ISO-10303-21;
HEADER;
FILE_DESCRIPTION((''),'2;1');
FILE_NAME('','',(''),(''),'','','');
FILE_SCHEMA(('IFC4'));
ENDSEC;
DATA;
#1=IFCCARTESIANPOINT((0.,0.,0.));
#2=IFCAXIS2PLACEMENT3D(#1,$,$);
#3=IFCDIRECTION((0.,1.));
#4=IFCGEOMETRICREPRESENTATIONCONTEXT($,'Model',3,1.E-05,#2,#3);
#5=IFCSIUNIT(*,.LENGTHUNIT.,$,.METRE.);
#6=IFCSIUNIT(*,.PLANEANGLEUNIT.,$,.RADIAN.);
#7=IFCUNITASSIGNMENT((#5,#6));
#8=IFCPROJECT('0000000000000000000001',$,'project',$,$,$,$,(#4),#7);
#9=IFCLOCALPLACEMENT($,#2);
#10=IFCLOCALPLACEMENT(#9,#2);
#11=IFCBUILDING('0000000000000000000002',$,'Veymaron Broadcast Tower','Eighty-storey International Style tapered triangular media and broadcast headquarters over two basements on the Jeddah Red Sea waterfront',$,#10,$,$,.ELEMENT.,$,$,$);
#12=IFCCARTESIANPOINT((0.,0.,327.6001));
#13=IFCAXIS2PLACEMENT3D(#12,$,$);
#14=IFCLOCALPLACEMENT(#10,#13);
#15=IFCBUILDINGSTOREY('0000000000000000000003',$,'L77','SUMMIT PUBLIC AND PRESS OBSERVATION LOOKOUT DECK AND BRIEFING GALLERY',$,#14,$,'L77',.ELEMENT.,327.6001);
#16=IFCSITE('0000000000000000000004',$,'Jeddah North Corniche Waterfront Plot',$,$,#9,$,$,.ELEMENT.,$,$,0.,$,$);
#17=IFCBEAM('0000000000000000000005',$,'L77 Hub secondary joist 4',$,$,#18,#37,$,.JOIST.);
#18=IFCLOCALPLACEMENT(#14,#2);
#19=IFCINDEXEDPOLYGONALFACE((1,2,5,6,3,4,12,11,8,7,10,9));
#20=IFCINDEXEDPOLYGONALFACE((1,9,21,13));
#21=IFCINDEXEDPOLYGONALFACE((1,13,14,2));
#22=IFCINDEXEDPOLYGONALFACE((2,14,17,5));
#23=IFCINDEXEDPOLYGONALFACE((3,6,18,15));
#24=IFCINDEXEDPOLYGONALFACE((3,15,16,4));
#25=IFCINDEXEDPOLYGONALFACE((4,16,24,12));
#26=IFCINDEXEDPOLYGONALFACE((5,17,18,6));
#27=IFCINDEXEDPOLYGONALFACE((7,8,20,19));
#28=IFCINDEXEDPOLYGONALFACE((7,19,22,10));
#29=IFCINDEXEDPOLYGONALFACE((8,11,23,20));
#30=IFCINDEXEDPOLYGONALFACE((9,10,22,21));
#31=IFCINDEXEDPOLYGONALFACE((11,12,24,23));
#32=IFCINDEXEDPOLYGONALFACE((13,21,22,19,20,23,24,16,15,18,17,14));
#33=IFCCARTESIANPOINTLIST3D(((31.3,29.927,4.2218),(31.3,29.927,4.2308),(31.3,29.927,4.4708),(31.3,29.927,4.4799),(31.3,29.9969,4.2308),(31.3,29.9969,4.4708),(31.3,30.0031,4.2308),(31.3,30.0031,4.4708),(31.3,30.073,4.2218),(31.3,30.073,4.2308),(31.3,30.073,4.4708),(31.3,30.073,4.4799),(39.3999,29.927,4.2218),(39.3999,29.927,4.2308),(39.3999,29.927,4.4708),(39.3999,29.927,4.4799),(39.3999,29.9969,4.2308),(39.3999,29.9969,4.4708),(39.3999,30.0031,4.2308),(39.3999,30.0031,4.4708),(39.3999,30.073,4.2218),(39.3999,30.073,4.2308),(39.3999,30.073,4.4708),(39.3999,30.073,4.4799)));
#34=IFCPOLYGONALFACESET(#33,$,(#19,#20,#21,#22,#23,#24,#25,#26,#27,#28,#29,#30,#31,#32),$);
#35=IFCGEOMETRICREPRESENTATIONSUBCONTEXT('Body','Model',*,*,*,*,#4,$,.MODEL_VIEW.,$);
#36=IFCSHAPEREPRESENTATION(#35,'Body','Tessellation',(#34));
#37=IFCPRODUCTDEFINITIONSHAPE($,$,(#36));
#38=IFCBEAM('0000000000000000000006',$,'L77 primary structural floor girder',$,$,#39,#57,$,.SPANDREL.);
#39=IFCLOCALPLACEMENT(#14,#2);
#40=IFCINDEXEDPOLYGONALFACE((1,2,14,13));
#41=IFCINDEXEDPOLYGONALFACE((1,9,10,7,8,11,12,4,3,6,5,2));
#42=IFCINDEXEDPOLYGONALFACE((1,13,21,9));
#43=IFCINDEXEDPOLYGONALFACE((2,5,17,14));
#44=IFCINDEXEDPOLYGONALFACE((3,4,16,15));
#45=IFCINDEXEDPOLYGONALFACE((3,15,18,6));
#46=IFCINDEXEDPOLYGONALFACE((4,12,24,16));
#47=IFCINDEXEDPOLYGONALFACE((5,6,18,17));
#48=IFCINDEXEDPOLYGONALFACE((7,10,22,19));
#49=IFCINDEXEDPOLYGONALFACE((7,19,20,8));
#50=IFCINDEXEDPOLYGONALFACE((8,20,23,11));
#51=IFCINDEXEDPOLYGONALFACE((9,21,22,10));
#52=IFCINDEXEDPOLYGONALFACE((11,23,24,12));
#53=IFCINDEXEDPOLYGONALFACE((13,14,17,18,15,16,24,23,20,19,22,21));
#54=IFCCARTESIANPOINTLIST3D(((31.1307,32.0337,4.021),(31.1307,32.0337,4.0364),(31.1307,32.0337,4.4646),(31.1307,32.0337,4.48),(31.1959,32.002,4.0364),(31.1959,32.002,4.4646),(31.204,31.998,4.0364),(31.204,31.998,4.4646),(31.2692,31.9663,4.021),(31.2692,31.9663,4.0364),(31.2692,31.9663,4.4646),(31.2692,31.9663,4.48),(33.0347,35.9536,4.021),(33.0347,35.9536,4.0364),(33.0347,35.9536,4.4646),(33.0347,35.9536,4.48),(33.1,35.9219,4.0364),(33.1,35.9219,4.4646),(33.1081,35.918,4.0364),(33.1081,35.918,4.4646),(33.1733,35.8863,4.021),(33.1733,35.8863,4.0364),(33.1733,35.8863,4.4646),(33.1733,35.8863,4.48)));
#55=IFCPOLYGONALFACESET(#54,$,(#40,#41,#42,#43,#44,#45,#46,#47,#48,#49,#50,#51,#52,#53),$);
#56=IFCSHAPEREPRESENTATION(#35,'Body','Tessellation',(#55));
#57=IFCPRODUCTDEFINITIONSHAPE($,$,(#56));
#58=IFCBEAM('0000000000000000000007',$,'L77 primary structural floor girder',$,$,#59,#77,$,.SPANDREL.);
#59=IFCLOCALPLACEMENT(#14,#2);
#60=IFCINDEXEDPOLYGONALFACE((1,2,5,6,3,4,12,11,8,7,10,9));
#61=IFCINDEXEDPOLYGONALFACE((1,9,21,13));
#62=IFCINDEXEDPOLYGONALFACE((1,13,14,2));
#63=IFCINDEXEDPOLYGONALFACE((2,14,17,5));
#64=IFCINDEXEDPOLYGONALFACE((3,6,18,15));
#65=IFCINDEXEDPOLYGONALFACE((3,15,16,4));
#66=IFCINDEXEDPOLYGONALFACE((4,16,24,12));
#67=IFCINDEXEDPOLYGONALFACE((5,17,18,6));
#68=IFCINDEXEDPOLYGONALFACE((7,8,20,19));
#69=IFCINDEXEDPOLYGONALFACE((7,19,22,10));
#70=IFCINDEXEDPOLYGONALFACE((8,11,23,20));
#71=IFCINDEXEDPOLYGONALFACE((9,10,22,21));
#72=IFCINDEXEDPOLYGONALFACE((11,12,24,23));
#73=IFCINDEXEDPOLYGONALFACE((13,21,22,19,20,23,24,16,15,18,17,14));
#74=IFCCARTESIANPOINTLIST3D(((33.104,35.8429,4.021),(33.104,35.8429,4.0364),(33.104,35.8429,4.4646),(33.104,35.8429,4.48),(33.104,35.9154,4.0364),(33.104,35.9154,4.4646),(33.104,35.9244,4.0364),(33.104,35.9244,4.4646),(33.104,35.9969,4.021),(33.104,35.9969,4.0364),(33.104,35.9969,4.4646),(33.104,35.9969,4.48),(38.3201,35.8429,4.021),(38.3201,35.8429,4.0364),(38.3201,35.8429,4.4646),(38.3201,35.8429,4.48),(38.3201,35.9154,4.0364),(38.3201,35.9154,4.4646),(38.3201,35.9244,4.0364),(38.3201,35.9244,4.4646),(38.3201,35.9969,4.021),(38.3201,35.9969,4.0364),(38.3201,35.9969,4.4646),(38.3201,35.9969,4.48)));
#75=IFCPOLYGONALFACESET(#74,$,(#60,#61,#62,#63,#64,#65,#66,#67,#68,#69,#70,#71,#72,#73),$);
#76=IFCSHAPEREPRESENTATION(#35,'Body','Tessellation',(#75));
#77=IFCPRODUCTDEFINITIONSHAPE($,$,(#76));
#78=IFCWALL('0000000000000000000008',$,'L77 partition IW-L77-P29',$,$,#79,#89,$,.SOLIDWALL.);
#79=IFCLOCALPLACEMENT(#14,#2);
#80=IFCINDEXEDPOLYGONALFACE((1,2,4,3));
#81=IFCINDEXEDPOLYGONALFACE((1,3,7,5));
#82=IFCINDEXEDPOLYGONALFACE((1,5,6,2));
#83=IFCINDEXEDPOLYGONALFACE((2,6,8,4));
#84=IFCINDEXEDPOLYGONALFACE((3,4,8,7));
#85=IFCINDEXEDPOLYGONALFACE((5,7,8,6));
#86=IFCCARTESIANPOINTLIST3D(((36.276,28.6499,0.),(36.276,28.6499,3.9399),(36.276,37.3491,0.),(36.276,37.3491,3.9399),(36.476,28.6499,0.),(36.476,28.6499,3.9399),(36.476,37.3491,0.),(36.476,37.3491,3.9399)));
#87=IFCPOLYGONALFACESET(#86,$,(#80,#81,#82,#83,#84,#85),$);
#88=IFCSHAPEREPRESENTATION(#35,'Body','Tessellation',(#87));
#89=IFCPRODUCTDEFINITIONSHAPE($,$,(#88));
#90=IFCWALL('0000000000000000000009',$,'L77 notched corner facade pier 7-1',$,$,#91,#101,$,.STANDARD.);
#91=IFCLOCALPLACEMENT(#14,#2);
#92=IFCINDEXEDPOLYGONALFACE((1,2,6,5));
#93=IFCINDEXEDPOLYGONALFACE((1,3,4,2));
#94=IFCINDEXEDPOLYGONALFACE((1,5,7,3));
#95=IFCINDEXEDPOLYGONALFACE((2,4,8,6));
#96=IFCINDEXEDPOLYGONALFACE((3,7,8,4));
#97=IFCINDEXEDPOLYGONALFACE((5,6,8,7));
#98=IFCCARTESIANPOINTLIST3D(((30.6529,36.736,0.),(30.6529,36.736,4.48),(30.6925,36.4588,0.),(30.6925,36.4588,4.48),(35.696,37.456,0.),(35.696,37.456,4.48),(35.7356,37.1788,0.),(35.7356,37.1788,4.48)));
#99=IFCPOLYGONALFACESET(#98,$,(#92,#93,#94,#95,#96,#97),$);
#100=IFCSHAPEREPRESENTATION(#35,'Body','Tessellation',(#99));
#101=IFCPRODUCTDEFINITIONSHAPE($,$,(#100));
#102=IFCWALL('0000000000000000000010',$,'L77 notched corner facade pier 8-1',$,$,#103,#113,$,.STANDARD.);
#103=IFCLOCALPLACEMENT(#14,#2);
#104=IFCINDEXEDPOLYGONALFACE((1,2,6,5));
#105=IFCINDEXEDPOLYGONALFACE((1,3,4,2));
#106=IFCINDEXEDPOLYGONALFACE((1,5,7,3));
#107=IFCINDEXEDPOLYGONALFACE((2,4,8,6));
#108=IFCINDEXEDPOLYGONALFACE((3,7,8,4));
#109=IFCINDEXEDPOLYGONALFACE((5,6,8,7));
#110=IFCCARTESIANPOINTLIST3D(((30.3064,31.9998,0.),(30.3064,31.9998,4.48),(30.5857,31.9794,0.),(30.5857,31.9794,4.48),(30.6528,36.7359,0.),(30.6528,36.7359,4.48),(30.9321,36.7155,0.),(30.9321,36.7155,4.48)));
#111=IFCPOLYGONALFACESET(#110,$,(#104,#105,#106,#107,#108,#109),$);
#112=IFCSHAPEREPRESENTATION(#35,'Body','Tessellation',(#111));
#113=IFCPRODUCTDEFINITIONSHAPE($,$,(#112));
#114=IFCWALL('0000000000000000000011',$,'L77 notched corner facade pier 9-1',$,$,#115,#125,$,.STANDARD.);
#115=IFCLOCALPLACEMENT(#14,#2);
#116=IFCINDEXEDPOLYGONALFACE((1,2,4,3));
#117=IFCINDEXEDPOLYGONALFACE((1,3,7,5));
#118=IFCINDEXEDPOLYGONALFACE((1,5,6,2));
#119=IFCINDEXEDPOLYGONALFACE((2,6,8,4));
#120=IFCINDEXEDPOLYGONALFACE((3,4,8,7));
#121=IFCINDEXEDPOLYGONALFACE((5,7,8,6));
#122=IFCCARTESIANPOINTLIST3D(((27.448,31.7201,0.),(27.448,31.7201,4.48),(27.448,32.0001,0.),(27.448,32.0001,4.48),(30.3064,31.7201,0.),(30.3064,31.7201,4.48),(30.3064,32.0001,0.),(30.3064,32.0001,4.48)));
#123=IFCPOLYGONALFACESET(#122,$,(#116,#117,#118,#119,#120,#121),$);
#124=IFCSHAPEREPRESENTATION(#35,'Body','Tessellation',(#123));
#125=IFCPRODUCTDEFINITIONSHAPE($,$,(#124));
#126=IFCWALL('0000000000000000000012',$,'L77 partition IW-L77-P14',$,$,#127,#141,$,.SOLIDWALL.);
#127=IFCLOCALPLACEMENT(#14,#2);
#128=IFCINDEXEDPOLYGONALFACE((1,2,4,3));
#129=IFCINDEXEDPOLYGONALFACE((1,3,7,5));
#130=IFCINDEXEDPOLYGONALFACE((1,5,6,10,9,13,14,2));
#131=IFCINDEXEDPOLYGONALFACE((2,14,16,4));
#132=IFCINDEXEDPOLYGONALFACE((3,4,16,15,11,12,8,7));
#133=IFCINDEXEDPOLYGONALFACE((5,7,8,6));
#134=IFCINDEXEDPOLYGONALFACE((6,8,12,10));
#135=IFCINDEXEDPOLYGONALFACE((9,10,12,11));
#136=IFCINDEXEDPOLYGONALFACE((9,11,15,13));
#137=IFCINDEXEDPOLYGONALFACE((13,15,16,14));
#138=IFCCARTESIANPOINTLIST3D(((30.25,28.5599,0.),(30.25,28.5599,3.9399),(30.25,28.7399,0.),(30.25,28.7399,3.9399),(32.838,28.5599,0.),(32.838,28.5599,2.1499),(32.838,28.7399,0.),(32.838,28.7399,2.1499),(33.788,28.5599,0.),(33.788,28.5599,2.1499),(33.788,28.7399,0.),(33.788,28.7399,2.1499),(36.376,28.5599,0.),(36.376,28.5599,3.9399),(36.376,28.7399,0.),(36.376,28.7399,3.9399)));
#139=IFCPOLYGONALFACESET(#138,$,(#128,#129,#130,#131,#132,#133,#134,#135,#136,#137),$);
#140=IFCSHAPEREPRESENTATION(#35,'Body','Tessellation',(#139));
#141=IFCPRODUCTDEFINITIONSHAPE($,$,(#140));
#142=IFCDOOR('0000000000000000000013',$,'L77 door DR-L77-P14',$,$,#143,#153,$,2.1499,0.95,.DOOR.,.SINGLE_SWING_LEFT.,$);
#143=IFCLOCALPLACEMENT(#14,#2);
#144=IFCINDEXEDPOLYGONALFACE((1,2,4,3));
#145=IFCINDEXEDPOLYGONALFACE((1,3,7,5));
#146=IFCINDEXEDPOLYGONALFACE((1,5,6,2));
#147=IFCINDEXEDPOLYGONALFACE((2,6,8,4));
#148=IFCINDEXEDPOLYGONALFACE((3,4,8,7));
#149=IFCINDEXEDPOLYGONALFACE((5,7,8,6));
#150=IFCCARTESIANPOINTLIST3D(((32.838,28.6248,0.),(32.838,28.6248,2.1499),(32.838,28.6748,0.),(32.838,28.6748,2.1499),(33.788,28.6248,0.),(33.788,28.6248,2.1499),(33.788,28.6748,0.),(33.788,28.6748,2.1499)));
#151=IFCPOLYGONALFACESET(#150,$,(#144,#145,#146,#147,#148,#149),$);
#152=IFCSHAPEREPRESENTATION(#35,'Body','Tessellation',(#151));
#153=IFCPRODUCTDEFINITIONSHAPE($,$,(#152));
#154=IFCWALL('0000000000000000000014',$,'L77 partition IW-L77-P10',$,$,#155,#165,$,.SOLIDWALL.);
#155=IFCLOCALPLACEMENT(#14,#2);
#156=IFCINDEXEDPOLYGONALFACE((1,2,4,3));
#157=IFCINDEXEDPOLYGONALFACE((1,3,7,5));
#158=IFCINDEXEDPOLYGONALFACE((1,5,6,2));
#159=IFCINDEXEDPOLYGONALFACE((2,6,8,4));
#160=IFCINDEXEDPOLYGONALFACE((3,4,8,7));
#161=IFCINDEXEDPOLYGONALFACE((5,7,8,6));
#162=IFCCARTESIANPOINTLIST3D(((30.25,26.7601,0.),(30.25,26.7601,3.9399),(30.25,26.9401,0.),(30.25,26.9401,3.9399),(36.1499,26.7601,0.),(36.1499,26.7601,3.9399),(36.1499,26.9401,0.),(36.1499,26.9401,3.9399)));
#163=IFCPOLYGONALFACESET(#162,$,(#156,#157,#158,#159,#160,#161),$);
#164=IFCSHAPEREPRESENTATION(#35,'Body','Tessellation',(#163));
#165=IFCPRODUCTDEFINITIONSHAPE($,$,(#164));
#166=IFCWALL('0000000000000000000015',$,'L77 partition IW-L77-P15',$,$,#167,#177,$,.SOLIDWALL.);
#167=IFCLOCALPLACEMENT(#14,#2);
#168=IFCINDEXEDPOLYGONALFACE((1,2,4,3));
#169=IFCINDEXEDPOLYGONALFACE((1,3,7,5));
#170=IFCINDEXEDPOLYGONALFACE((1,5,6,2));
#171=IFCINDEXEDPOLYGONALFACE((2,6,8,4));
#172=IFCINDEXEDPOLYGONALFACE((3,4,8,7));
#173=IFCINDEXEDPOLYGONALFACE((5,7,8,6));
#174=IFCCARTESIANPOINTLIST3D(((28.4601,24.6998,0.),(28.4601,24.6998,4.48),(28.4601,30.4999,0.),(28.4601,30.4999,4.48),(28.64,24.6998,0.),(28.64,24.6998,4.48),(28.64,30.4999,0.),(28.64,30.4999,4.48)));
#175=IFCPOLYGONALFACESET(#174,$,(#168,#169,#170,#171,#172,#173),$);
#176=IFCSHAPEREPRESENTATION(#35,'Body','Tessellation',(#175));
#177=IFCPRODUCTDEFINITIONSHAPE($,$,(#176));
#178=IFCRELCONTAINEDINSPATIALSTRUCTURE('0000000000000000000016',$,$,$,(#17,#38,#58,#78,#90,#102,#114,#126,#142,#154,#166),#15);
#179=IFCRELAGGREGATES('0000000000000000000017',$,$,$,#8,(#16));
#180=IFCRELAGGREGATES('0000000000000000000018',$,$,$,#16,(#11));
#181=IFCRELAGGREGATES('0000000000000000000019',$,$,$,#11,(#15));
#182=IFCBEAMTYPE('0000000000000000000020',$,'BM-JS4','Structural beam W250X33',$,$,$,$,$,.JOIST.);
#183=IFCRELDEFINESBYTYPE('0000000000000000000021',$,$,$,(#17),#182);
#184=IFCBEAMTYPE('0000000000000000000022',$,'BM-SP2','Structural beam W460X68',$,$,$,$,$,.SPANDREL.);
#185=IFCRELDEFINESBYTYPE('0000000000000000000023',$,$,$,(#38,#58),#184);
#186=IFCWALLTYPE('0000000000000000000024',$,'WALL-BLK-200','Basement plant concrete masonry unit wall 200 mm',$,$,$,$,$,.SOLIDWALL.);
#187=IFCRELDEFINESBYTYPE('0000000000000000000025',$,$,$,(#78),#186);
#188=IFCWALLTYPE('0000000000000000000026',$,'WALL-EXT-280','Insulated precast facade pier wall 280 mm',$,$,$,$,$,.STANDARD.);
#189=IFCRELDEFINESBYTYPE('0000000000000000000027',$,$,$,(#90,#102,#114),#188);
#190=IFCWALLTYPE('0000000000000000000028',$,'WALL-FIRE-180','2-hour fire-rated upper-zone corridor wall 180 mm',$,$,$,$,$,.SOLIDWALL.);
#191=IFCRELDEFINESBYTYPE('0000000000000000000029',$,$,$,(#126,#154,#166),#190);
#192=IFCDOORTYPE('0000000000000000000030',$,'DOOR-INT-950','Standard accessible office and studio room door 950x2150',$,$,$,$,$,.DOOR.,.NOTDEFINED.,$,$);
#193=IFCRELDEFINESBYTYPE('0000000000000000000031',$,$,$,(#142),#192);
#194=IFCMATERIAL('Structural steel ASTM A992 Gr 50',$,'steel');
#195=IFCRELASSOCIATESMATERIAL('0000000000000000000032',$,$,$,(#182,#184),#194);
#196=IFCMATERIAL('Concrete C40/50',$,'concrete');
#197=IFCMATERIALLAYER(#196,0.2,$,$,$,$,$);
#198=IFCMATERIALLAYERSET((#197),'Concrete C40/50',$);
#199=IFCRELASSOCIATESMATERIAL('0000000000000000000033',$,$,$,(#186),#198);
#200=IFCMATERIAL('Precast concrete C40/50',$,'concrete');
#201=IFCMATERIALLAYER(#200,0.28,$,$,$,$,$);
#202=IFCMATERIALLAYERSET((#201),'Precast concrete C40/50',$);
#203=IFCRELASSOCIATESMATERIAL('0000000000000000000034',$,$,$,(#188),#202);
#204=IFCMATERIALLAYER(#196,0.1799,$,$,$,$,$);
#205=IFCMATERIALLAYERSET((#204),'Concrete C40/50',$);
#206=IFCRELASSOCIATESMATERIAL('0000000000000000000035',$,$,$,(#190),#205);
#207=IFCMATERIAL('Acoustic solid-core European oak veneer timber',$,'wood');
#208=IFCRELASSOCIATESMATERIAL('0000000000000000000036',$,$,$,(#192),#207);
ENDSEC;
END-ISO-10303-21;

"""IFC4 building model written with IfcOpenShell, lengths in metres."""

from ifc_helpers import new_model, si_unit, direction, frame, frame_2d, origin, origin_2d, place, context, subcontext, project, spatial, rectangle, i_section, extrude, material, layer, layer_set, material_profile, profile_set, type_object, element, fill, save


model = new_model("IFC4")

# Units and contexts
model_context = context("Model", 3, precision=1e-05, world=origin(), true_north=direction((0.0, 1.0)))
body_context = subcontext(model_context, "Body", "Model", "MODEL_VIEW")
ifc_project = project(units=[si_unit("LENGTHUNIT", "METRE"), si_unit("PLANEANGLEUNIT", "RADIAN")], contexts=[model_context])

# Site, building, storey
site_placement = place(None, origin())
site = spatial("IfcSite", under=ifc_project, at=site_placement, Name="Jeddah North Corniche Waterfront Plot", CompositionType="ELEMENT", RefElevation=0.0)
building_placement = place(site_placement, origin())
building = spatial("IfcBuilding", under=site, at=building_placement, Name="Veymaron Broadcast Tower", Description="Eighty-storey International Style tapered triangular media and broadcast headquarters over two basements on the Jeddah Red Sea waterfront", CompositionType="ELEMENT")
storey_placement = place(building_placement, frame((0.0, 0.0, 327.6001)))
storey = spatial("IfcBuildingStorey", under=building, at=storey_placement, Name="L77", Description="SUMMIT PUBLIC AND PRESS OBSERVATION LOOKOUT DECK AND BRIEFING GALLERY", LongName="L77", CompositionType="ELEMENT", Elevation=327.6001)

# Shared definitions
ifc_material_1 = material(Name="Structural steel ASTM A992 Gr 50", Category="steel")

# Beams
ifc_material_profile_1 = material_profile(ifc_material_1, i_section(OverallWidth=0.146, OverallDepth=0.2581, WebThickness=0.0061, FlangeThickness=0.009, at=origin_2d()), Name="W250X33")
ifc_profile_set_1 = profile_set([ifc_material_profile_1], Name="Structural steel ASTM A992 Gr 50")
beam_type_1 = type_object("IfcBeamType", Name="BM-JS4", Description="Structural beam W250X33", PredefinedType="JOIST", material=ifc_profile_set_1)
for number, where, z_axis, x_axis, name in (
    (1, (31.3, 30.0, 4.3508), (1.0, 0.0, 0.0), (0.0, 1.0, 0.0), "L77 Hub secondary joist 4"),
):
    element("IfcBeam", number, at=place(storey_placement, frame(where, z_axis=z_axis, x_axis=x_axis)), inside=storey, type_object=beam_type_1, Name=name, PredefinedType="JOIST", context=body_context, shape_type="SweptSolid", body=[
        extrude(i_section(OverallWidth=0.146, OverallDepth=0.2581, WebThickness=0.0061, FlangeThickness=0.009, at=origin_2d()), origin(), (0.0, 0.0, 1.0), 8.0999),
    ])
ifc_material_profile_2 = material_profile(ifc_material_1, i_section(OverallWidth=0.1541, OverallDepth=0.459, WebThickness=0.009, FlangeThickness=0.0154, at=origin_2d()), Name="W460X68")
ifc_profile_set_2 = profile_set([ifc_material_profile_2], Name="Structural steel ASTM A992 Gr 50")
beam_type_2 = type_object("IfcBeamType", Name="BM-SP2", Description="Structural beam W460X68", PredefinedType="SPANDREL", material=ifc_profile_set_2)
beam_1_placement = place(storey_placement, frame((31.2, 32.0, 4.2505), z_axis=(0.436921, 0.8995, 0.0), x_axis=(-0.8995, 0.436921, 0.0)))
element("IfcBeam", 2, at=beam_1_placement, inside=storey, type_object=beam_type_2, Name="L77 primary structural floor girder", PredefinedType="SPANDREL", context=body_context, shape_type="SweptSolid", body=[
    extrude(i_section(OverallWidth=0.1541, OverallDepth=0.459, WebThickness=0.009, FlangeThickness=0.0154, at=origin_2d()), origin(), (0.0, 0.0, 1.0), 4.3579),
])
beam_2_placement = place(storey_placement, frame((33.104, 35.9199, 4.2505), z_axis=(1.0, 0.0, 0.0), x_axis=(0.0, 1.0, 0.0)))
element("IfcBeam", 3, at=beam_2_placement, inside=storey, type_object=beam_type_2, Name="L77 primary structural floor girder", PredefinedType="SPANDREL", context=body_context, shape_type="SweptSolid", body=[
    extrude(i_section(OverallWidth=0.1541, OverallDepth=0.459, WebThickness=0.009, FlangeThickness=0.0154, at=origin_2d()), origin(), (0.0, 0.0, 1.0), 5.2161),
])

# Walls
ifc_material_2 = material(Name="Concrete C40/50", Category="concrete")
ifc_layer_1 = layer(ifc_material_2, 0.2)
ifc_layer_set_1 = layer_set([ifc_layer_1], Name="Concrete C40/50")
wall_type_1 = type_object("IfcWallType", Name="WALL-BLK-200", Description="Basement plant concrete masonry unit wall 200 mm", PredefinedType="SOLIDWALL", material=ifc_layer_set_1)
wall_1_placement = place(storey_placement, frame((36.376, 28.6499, 0.0), z_axis=(0.0, 0.0, 1.0), x_axis=(0.0, 1.0, 0.0)))
element("IfcWall", 4, at=wall_1_placement, inside=storey, type_object=wall_type_1, Name="L77 partition IW-L77-P29", PredefinedType="SOLIDWALL", context=body_context, shape_type="SweptSolid", body=[
    extrude(rectangle(XDim=8.6992, YDim=0.2, at=frame_2d((4.3496, 0.0))), origin(), (0.0, 0.0, 1.0), 3.9399),
])
ifc_material_3 = material(Name="Precast concrete C40/50", Category="concrete")
ifc_layer_2 = layer(ifc_material_3, 0.28)
ifc_layer_set_2 = layer_set([ifc_layer_2], Name="Precast concrete C40/50")
wall_type_2 = type_object("IfcWallType", Name="WALL-EXT-280", Description="Insulated precast facade pier wall 280 mm", PredefinedType="STANDARD", material=ifc_layer_set_2)
wall_2_placement = place(storey_placement, frame((35.7158, 37.3174, 0.0), z_axis=(0.0, 0.0, 1.0), x_axis=(-0.989963, -0.141327, 0.0)))
element("IfcWall", 5, at=wall_2_placement, inside=storey, type_object=wall_type_2, Name="L77 notched corner facade pier 7-1", PredefinedType="STANDARD", context=body_context, shape_type="SweptSolid", body=[
    extrude(rectangle(XDim=5.0942, YDim=0.28, at=frame_2d((2.5471, 0.0))), origin(), (0.0, 0.0, 1.0), 4.48),
])
wall_3_placement = place(storey_placement, frame((30.7925, 36.7258, 0.0), z_axis=(0.0, 0.0, 1.0), x_axis=(-0.072953, -0.997335, 0.0)))
element("IfcWall", 6, at=wall_3_placement, inside=storey, type_object=wall_type_2, Name="L77 notched corner facade pier 8-1", PredefinedType="STANDARD", context=body_context, shape_type="SweptSolid", body=[
    extrude(rectangle(XDim=4.7488, YDim=0.28, at=frame_2d((2.3745, 0.0))), origin(), (0.0, 0.0, 1.0), 4.48),
])
wall_4_placement = place(storey_placement, frame((30.3064, 31.8601, 0.0), z_axis=(0.0, 0.0, 1.0), x_axis=(-1.0, 0.0, 0.0)))
element("IfcWall", 7, at=wall_4_placement, inside=storey, type_object=wall_type_2, Name="L77 notched corner facade pier 9-1", PredefinedType="STANDARD", context=body_context, shape_type="SweptSolid", body=[
    extrude(rectangle(XDim=2.8584, YDim=0.28, at=frame_2d((1.4292, 0.0))), origin(), (0.0, 0.0, 1.0), 4.48),
])

# Wall, opening, door
ifc_layer_3 = layer(ifc_material_2, 0.1799)
ifc_layer_set_3 = layer_set([ifc_layer_3], Name="Concrete C40/50")
wall_type_3 = type_object("IfcWallType", Name="WALL-FIRE-180", Description="2-hour fire-rated upper-zone corridor wall 180 mm", PredefinedType="SOLIDWALL", material=ifc_layer_set_3)
wall_5_placement = place(storey_placement, frame((30.25, 28.6499, 0.0), z_axis=(0.0, 0.0, 1.0), x_axis=(1.0, 0.0, 0.0)))
wall_5 = element("IfcWall", 8, at=wall_5_placement, inside=storey, type_object=wall_type_3, Name="L77 partition IW-L77-P14", PredefinedType="SOLIDWALL", context=body_context, shape_type="SweptSolid", body=[
    extrude(rectangle(XDim=6.126, YDim=0.1799, at=frame_2d((3.063, 0.0))), origin(), (0.0, 0.0, 1.0), 3.9399),
])
opening_1_placement = place(wall_5_placement, frame((2.5879, 0.0, 0.0)))
opening_1 = element("IfcOpeningElement", 9, at=opening_1_placement, cuts=wall_5, PredefinedType="OPENING", context=body_context, shape_type="SweptSolid", body=[
    extrude(rectangle(XDim=0.95, YDim=2.1499, at=frame_2d((0.4751, 1.075))), frame((0.0, 0.1001, 0.0), z_axis=(0.0, -1.0, 0.0), x_axis=(1.0, 0.0, 0.0)), (0.0, 0.0, 1.0), 0.2),
])
ifc_material_4 = material(Name="Acoustic solid-core European oak veneer timber", Category="wood")
door_type_1 = type_object("IfcDoorType", Name="DOOR-INT-950", Description="Standard accessible office and studio room door 950x2150", OperationType="NOTDEFINED", PredefinedType="DOOR", material=ifc_material_4)
door_1_placement = place(opening_1_placement, origin())
door_1 = element("IfcDoor", 10, at=door_1_placement, inside=storey, type_object=door_type_1, Name="L77 door DR-L77-P14", OperationType="SINGLE_SWING_LEFT", OverallHeight=2.1499, OverallWidth=0.95, PredefinedType="DOOR", context=body_context, shape_type="SweptSolid", body=[
    extrude(rectangle(XDim=0.95, YDim=2.1499, at=frame_2d((0.4751, 1.075))), frame((0.0, 0.0249, 0.0), z_axis=(0.0, -1.0, 0.0), x_axis=(1.0, 0.0, 0.0)), (0.0, 0.0, 1.0), 0.05),
])
fill(opening_1, door_1)

# Walls
wall_6_placement = place(storey_placement, frame((30.25, 26.8501, 0.0), z_axis=(0.0, 0.0, 1.0), x_axis=(1.0, 0.0, 0.0)))
element("IfcWall", 11, at=wall_6_placement, inside=storey, type_object=wall_type_3, Name="L77 partition IW-L77-P10", PredefinedType="SOLIDWALL", context=body_context, shape_type="SweptSolid", body=[
    extrude(rectangle(XDim=5.8999, YDim=0.1799, at=frame_2d((2.95, 0.0))), origin(), (0.0, 0.0, 1.0), 3.9399),
])
wall_7_placement = place(storey_placement, frame((28.55, 24.7, 0.0), z_axis=(0.0, 0.0, 1.0), x_axis=(0.0, 1.0, 0.0)))
element("IfcWall", 12, at=wall_7_placement, inside=storey, type_object=wall_type_3, Name="L77 partition IW-L77-P15", PredefinedType="SOLIDWALL", context=body_context, shape_type="SweptSolid", body=[
    extrude(rectangle(XDim=5.8, YDim=0.1799, at=frame_2d((2.8999, 0.0))), origin(), (0.0, 0.0, 1.0), 4.48),
])

save(model, "model.ifc")
